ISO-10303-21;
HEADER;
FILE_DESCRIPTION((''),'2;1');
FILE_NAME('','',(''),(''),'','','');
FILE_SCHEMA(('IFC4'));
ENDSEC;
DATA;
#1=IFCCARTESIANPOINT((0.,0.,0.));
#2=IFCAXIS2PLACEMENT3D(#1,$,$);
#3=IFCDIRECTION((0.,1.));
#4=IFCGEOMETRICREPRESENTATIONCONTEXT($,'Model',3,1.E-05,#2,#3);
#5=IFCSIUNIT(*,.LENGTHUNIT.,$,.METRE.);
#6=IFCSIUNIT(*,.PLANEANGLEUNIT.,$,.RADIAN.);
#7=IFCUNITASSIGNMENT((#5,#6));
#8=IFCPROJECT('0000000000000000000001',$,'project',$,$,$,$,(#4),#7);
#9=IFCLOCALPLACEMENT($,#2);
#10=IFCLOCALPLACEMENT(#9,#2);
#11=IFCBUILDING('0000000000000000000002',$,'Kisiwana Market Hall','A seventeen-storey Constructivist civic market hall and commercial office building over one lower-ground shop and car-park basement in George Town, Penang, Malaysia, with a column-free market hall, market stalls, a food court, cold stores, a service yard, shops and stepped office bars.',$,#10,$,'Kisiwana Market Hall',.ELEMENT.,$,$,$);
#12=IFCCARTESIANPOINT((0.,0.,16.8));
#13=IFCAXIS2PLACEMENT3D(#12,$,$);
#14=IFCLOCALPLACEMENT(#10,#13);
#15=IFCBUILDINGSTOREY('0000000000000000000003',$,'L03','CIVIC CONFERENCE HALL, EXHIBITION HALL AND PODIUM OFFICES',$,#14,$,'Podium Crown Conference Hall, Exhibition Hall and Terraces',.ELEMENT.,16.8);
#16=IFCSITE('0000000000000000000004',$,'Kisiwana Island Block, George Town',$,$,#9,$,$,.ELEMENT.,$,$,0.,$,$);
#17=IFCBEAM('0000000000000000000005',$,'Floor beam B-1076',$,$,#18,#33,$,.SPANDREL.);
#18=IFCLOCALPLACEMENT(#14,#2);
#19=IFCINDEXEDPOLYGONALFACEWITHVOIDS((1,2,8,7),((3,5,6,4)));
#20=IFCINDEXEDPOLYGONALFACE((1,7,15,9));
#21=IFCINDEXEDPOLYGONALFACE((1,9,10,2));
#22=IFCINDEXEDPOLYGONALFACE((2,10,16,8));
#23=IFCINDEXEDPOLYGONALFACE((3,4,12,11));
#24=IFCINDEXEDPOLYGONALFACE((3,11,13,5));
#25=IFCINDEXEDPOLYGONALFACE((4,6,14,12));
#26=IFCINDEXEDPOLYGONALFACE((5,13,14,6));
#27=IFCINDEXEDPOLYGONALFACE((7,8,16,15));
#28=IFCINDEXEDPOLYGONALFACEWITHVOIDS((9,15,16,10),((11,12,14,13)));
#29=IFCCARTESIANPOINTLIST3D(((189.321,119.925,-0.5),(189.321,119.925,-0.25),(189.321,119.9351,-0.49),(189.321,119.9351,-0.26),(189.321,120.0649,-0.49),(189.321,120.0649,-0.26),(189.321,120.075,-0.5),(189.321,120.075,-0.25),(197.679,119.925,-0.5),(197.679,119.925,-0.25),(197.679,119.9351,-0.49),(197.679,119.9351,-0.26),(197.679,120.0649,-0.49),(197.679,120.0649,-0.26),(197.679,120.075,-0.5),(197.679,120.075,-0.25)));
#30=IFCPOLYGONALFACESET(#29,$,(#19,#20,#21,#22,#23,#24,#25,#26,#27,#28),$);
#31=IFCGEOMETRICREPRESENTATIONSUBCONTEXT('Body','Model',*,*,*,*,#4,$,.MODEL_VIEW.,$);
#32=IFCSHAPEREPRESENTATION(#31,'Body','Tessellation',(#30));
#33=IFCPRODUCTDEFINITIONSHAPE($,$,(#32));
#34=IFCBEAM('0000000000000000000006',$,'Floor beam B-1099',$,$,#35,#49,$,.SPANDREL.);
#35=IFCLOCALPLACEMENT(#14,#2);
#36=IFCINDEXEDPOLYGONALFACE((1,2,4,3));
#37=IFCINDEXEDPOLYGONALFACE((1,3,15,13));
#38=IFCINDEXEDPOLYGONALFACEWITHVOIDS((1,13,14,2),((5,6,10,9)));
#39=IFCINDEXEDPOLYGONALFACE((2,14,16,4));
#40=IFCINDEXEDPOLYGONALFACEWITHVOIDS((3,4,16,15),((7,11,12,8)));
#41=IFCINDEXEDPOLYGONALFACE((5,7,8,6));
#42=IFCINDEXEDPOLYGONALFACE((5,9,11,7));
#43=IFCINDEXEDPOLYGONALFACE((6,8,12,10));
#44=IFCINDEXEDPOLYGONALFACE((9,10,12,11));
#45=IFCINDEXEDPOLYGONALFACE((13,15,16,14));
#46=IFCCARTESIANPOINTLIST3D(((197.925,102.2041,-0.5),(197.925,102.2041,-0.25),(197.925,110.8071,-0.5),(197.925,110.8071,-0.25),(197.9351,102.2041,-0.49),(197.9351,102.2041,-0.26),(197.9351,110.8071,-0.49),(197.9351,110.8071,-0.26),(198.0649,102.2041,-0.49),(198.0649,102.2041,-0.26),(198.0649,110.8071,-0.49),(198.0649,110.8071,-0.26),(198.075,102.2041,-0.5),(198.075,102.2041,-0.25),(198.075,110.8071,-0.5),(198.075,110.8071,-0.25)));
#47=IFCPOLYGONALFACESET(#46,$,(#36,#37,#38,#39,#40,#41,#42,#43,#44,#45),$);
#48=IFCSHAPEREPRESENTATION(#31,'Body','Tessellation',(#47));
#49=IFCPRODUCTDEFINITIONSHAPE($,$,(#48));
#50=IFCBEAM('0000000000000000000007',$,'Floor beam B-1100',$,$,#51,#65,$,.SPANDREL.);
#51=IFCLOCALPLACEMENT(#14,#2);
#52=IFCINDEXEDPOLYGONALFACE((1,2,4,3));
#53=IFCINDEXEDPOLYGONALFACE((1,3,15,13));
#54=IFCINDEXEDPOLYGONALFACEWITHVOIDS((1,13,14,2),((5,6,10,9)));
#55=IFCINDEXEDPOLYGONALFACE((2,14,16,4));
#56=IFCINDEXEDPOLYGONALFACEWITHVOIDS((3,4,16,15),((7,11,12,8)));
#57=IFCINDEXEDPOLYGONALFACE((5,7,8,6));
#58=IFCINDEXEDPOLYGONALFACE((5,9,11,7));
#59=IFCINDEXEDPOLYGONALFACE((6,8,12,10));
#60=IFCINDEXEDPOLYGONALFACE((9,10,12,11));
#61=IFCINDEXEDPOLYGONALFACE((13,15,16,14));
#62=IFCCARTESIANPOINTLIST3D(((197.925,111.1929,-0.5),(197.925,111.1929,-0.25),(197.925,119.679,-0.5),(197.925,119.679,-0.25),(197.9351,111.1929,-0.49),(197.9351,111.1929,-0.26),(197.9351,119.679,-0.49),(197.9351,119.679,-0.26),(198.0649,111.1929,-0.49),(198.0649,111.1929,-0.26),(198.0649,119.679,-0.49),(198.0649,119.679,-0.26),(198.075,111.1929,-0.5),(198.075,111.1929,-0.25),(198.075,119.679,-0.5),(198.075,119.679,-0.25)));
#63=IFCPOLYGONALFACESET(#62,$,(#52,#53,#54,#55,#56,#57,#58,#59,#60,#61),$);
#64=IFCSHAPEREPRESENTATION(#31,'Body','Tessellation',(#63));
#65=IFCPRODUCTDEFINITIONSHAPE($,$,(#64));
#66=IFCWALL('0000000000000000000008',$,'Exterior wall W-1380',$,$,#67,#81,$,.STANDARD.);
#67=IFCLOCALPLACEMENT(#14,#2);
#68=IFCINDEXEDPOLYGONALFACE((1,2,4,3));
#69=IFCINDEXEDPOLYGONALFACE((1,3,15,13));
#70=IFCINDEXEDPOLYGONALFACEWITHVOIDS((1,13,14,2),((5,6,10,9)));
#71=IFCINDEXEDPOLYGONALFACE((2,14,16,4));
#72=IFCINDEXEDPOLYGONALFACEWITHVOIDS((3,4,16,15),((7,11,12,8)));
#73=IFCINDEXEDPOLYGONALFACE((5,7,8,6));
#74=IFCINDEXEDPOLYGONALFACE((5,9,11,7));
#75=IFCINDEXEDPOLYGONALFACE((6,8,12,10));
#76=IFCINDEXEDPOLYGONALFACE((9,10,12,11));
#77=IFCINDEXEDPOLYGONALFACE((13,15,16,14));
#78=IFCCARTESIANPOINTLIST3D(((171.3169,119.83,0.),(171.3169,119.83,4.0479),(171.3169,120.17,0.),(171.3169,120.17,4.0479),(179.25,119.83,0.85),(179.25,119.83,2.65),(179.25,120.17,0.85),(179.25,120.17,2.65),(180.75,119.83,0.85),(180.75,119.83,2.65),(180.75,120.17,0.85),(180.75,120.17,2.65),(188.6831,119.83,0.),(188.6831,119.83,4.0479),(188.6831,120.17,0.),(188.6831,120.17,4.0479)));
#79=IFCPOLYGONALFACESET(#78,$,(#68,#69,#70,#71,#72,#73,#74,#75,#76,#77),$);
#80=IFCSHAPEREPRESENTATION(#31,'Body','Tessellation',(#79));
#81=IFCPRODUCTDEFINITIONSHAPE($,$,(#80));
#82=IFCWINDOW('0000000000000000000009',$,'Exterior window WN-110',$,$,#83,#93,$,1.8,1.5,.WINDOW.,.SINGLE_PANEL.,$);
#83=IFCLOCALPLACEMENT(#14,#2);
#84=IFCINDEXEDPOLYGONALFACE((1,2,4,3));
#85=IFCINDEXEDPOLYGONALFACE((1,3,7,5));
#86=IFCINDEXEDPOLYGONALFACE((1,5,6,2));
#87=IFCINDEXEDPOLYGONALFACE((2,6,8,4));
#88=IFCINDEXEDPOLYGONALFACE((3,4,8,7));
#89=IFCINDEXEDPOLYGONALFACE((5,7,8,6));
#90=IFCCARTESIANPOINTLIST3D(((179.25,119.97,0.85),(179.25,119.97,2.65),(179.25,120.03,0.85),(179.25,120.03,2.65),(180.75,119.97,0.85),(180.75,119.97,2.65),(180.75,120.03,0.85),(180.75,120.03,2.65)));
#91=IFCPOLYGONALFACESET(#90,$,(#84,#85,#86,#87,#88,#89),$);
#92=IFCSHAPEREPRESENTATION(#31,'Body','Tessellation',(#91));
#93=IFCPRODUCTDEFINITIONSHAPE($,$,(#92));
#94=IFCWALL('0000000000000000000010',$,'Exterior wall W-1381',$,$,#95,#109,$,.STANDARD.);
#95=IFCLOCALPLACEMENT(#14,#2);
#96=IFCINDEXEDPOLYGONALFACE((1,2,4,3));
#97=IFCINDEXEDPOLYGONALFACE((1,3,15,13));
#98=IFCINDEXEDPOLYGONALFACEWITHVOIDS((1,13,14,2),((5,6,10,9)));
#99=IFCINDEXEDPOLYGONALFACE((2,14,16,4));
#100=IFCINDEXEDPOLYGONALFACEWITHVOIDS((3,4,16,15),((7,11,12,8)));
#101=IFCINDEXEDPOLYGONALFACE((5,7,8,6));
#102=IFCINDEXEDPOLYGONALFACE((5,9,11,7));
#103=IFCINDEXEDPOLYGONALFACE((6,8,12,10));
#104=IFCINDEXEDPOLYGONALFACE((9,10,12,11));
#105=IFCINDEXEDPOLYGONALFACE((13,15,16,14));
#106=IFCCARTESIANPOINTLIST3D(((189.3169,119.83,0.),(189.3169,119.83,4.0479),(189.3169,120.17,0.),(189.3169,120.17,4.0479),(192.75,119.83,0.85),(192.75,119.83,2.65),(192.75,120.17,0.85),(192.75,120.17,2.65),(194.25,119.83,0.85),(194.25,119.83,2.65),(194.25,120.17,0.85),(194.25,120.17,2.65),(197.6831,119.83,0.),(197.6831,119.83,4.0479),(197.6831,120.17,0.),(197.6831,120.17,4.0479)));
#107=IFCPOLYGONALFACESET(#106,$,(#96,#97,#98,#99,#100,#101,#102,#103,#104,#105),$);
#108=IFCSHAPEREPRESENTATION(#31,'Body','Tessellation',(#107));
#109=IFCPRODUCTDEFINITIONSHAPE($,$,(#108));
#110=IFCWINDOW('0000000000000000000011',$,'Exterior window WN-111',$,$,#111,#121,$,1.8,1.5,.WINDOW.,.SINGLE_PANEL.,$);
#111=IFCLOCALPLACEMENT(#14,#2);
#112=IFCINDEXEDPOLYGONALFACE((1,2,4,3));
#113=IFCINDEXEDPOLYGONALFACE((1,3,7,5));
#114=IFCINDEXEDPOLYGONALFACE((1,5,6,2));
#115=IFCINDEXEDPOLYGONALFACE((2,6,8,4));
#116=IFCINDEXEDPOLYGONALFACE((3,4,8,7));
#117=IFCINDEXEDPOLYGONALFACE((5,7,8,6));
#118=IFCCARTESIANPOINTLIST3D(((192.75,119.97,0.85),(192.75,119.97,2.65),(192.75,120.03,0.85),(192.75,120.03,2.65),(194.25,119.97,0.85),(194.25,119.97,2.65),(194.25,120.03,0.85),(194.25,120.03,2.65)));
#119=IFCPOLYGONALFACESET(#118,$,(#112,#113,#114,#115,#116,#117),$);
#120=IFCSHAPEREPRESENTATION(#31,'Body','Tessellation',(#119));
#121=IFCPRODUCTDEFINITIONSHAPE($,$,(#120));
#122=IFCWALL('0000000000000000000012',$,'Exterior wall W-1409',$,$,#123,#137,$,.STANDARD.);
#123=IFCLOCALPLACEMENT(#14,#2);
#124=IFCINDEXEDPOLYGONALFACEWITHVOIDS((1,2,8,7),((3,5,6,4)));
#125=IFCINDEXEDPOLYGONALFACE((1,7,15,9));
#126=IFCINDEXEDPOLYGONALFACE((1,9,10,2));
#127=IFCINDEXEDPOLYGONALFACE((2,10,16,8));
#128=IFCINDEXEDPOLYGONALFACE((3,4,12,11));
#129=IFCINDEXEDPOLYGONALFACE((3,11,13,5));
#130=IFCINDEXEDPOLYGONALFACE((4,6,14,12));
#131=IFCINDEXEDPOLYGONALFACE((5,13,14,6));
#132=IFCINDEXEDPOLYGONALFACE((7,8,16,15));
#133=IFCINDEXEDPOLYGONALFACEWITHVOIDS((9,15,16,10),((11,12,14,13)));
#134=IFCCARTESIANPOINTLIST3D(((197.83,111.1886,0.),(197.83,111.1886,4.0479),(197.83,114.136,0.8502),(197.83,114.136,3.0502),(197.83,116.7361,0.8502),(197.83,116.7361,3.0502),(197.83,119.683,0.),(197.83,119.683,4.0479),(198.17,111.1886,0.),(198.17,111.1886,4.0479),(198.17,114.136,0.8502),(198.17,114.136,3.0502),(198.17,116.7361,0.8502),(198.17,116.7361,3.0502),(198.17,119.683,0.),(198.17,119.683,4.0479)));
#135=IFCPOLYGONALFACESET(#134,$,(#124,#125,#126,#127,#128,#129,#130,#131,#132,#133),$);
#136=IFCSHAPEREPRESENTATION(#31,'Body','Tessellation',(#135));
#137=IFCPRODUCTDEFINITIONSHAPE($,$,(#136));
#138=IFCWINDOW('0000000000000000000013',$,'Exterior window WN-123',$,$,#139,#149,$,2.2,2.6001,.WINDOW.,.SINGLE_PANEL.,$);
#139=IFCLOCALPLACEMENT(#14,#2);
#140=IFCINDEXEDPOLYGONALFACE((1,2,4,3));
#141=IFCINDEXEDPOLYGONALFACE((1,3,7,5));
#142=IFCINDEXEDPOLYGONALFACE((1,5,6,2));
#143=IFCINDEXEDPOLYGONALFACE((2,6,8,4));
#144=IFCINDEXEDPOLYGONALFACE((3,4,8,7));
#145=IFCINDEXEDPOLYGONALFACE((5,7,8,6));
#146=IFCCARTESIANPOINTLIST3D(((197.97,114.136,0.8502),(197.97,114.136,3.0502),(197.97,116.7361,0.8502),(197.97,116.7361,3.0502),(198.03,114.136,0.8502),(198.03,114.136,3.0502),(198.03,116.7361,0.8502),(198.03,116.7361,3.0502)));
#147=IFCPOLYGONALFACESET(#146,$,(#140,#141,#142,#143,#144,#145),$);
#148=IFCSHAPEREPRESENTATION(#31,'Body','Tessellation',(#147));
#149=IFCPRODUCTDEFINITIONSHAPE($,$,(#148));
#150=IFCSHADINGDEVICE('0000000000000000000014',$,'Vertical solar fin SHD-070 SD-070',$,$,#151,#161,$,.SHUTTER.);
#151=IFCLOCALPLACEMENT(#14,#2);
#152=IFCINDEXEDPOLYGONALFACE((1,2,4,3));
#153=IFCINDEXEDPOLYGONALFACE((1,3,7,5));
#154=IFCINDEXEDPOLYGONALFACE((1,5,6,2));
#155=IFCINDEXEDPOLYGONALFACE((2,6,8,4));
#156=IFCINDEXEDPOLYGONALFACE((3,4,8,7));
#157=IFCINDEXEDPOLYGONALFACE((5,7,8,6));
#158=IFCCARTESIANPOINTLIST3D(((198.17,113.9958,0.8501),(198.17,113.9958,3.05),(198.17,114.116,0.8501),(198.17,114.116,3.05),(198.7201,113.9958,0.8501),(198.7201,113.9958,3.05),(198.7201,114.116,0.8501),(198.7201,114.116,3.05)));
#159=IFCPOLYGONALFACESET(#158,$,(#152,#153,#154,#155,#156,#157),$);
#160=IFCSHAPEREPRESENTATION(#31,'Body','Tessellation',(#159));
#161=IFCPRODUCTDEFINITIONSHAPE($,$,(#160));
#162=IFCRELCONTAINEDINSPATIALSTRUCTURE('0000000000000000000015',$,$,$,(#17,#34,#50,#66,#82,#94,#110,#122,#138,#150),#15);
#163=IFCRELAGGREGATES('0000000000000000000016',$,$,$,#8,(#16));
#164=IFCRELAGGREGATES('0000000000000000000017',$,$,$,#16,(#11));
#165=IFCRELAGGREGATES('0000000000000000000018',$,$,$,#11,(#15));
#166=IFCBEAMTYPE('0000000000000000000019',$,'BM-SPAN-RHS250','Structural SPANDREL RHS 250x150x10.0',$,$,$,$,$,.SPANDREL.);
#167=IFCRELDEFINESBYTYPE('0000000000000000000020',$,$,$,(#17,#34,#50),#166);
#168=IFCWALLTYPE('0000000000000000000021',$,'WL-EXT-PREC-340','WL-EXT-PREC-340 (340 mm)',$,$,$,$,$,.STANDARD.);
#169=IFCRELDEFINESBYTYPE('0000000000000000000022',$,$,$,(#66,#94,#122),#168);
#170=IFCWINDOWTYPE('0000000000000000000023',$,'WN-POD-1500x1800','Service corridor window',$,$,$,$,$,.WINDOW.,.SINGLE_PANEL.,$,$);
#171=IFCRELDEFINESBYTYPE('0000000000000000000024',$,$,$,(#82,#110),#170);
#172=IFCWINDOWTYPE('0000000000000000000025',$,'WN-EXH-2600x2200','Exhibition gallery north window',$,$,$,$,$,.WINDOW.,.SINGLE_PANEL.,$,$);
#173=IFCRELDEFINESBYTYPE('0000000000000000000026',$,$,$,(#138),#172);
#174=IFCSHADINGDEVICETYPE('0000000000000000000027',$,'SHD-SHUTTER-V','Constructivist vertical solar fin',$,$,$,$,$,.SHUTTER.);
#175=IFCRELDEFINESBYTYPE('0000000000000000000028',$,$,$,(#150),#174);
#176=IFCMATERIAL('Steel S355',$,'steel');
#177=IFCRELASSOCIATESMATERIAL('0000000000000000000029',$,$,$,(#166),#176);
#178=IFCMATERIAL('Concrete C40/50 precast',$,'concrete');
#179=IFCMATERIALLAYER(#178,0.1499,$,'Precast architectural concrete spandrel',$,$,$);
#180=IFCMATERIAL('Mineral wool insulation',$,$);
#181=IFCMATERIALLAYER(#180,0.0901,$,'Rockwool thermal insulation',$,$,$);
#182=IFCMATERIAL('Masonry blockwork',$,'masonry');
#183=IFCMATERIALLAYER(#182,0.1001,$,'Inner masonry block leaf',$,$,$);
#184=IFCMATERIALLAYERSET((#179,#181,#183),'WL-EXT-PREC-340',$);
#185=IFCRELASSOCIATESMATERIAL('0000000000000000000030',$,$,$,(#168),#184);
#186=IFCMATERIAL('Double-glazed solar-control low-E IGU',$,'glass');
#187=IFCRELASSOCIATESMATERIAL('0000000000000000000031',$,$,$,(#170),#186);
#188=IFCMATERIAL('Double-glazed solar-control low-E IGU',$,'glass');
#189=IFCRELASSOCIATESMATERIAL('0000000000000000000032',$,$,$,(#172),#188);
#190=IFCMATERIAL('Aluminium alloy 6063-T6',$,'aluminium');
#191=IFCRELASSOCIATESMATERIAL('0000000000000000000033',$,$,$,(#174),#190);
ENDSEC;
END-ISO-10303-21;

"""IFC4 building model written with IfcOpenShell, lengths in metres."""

from ifc_helpers import new_model, si_unit, direction, frame, frame_2d, origin, origin_2d, place, context, subcontext, project, spatial, rectangle, hollow_rectangle, extrude, material, layer, layer_set, material_profile, profile_set, type_object, element, fill, save


model = new_model("IFC4")

# Units and contexts
model_context = context("Model", 3, precision=1e-05, world=origin(), true_north=direction((0.0, 1.0)))
body_context = subcontext(model_context, "Body", "Model", "MODEL_VIEW")
ifc_project = project(units=[si_unit("LENGTHUNIT", "METRE"), si_unit("PLANEANGLEUNIT", "RADIAN")], contexts=[model_context])

# Site, building, storey
site_placement = place(None, origin())
site = spatial("IfcSite", under=ifc_project, at=site_placement, Name="Kisiwana Island Block, George Town", CompositionType="ELEMENT", RefElevation=0.0)
building_placement = place(site_placement, origin())
building = spatial("IfcBuilding", under=site, at=building_placement, Name="Kisiwana Market Hall", Description="A seventeen-storey Constructivist civic market hall and commercial office building over one lower-ground shop and car-park basement in George Town, Penang, Malaysia, with a column-free market hall, market stalls, a food court, cold stores, a service yard, shops and stepped office bars.", LongName="Kisiwana Market Hall", CompositionType="ELEMENT")
storey_placement = place(building_placement, frame((0.0, 0.0, 16.8)))
storey = spatial("IfcBuildingStorey", under=building, at=storey_placement, Name="L03", Description="CIVIC CONFERENCE HALL, EXHIBITION HALL AND PODIUM OFFICES", LongName="Podium Crown Conference Hall, Exhibition Hall and Terraces", CompositionType="ELEMENT", Elevation=16.8)

# Beams
ifc_material_1 = material(Name="Steel S355", Category="steel")
ifc_material_profile_1 = material_profile(ifc_material_1, hollow_rectangle(XDim=0.1499, YDim=0.25, WallThickness=0.01, at=origin_2d()), Name="RHS 250x150x10.0")
ifc_profile_set_1 = profile_set([ifc_material_profile_1], Name="Steel S355")
beam_type_1 = type_object("IfcBeamType", Name="BM-SPAN-RHS250", Description="Structural SPANDREL RHS 250x150x10.0", PredefinedType="SPANDREL", material=ifc_profile_set_1)
beam_1_placement = place(storey_placement, frame((189.321, 120.0, -0.375), z_axis=(1.0, 0.0, 0.0), x_axis=(0.0, 1.0, 0.0)))
element("IfcBeam", 1, at=beam_1_placement, inside=storey, type_object=beam_type_1, Name="Floor beam B-1076", PredefinedType="SPANDREL", context=body_context, shape_type="SweptSolid", body=[
    extrude(hollow_rectangle(XDim=0.1499, YDim=0.25, WallThickness=0.01, at=origin_2d()), origin(), (0.0, 0.0, 1.0), 8.3579),
])
beam_2_placement = place(storey_placement, frame((198.0, 102.2041, -0.375), z_axis=(0.0, 1.0, 0.0), x_axis=(-1.0, 0.0, 0.0)))
element("IfcBeam", 2, at=beam_2_placement, inside=storey, type_object=beam_type_1, Name="Floor beam B-1099", PredefinedType="SPANDREL", context=body_context, shape_type="SweptSolid", body=[
    extrude(hollow_rectangle(XDim=0.1499, YDim=0.25, WallThickness=0.01, at=origin_2d()), origin(), (0.0, 0.0, 1.0), 8.603),
])
beam_3_placement = place(storey_placement, frame((198.0, 111.1929, -0.375), z_axis=(0.0, 1.0, 0.0), x_axis=(-1.0, 0.0, 0.0)))
element("IfcBeam", 3, at=beam_3_placement, inside=storey, type_object=beam_type_1, Name="Floor beam B-1100", PredefinedType="SPANDREL", context=body_context, shape_type="SweptSolid", body=[
    extrude(hollow_rectangle(XDim=0.1499, YDim=0.25, WallThickness=0.01, at=origin_2d()), origin(), (0.0, 0.0, 1.0), 8.4861),
])

# Walls, openings, windows
ifc_material_2 = material(Name="Concrete C40/50 precast", Category="concrete")
ifc_layer_1 = layer(ifc_material_2, 0.1499, Name="Precast architectural concrete spandrel")
ifc_material_3 = material(Name="Mineral wool insulation")
ifc_layer_2 = layer(ifc_material_3, 0.0901, Name="Rockwool thermal insulation")
ifc_material_4 = material(Name="Masonry blockwork", Category="masonry")
ifc_layer_3 = layer(ifc_material_4, 0.1001, Name="Inner masonry block leaf")
ifc_layer_set = layer_set([ifc_layer_1, ifc_layer_2, ifc_layer_3], Name="WL-EXT-PREC-340")
wall_type = type_object("IfcWallType", Name="WL-EXT-PREC-340", Description="WL-EXT-PREC-340 (340 mm)", PredefinedType="STANDARD", material=ifc_layer_set)
wall_1_placement = place(storey_placement, frame((171.3169, 120.0, 0.0), z_axis=(0.0, 0.0, 1.0), x_axis=(1.0, 0.0, 0.0)))
wall_1 = element("IfcWall", 4, at=wall_1_placement, inside=storey, type_object=wall_type, Name="Exterior wall W-1380", PredefinedType="STANDARD", context=body_context, shape_type="SweptSolid", body=[
    extrude(rectangle(XDim=17.3662, YDim=0.3401, at=frame_2d((8.6831, 0.0))), origin(), (0.0, 0.0, 1.0), 4.0479),
])
opening_1_placement = place(wall_1_placement, frame((7.9331, 0.0, 0.8501)))
opening_1 = element("IfcOpeningElement", 5, at=opening_1_placement, cuts=wall_1, PredefinedType="OPENING", context=body_context, shape_type="SweptSolid", body=[
    extrude(rectangle(XDim=1.5, YDim=1.8, at=frame_2d((0.75, 0.8999))), frame((0.0, 0.1821, 0.0), z_axis=(0.0, -1.0, 0.0), x_axis=(1.0, 0.0, 0.0)), (0.0, 0.0, 1.0), 0.364),
])
ifc_material_5 = material(Name="Double-glazed solar-control low-E IGU", Category="glass")
window_type_1 = type_object("IfcWindowType", Name="WN-POD-1500x1800", Description="Service corridor window", PartitioningType="SINGLE_PANEL", PredefinedType="WINDOW", material=ifc_material_5)
window_1_placement = place(opening_1_placement, origin())
window_1 = element("IfcWindow", 6, at=window_1_placement, inside=storey, type_object=window_type_1, Name="Exterior window WN-110", OverallHeight=1.8, OverallWidth=1.5, PartitioningType="SINGLE_PANEL", PredefinedType="WINDOW", context=body_context, shape_type="SweptSolid", body=[
    extrude(rectangle(XDim=1.5, YDim=1.8, at=frame_2d((0.75, 0.8999))), frame((0.0, 0.03, 0.0), z_axis=(0.0, -1.0, 0.0), x_axis=(1.0, 0.0, 0.0)), (0.0, 0.0, 1.0), 0.0601),
])
fill(opening_1, window_1)
wall_2_placement = place(storey_placement, frame((189.3169, 120.0, 0.0), z_axis=(0.0, 0.0, 1.0), x_axis=(1.0, 0.0, 0.0)))
wall_2 = element("IfcWall", 7, at=wall_2_placement, inside=storey, type_object=wall_type, Name="Exterior wall W-1381", PredefinedType="STANDARD", context=body_context, shape_type="SweptSolid", body=[
    extrude(rectangle(XDim=8.3662, YDim=0.3401, at=frame_2d((4.1831, 0.0))), origin(), (0.0, 0.0, 1.0), 4.0479),
])
opening_2_placement = place(wall_2_placement, frame((3.4331, 0.0, 0.8501)))
opening_2 = element("IfcOpeningElement", 8, at=opening_2_placement, cuts=wall_2, PredefinedType="OPENING", context=body_context, shape_type="SweptSolid", body=[
    extrude(rectangle(XDim=1.5, YDim=1.8, at=frame_2d((0.75, 0.8999))), frame((0.0, 0.1821, 0.0), z_axis=(0.0, -1.0, 0.0), x_axis=(1.0, 0.0, 0.0)), (0.0, 0.0, 1.0), 0.364),
])
window_2_placement = place(opening_2_placement, origin())
window_2 = element("IfcWindow", 9, at=window_2_placement, inside=storey, type_object=window_type_1, Name="Exterior window WN-111", OverallHeight=1.8, OverallWidth=1.5, PartitioningType="SINGLE_PANEL", PredefinedType="WINDOW", context=body_context, shape_type="SweptSolid", body=[
    extrude(rectangle(XDim=1.5, YDim=1.8, at=frame_2d((0.75, 0.8999))), frame((0.0, 0.03, 0.0), z_axis=(0.0, -1.0, 0.0), x_axis=(1.0, 0.0, 0.0)), (0.0, 0.0, 1.0), 0.0601),
])
fill(opening_2, window_2)
wall_3_placement = place(storey_placement, frame((198.0, 111.1887, 0.0), z_axis=(0.0, 0.0, 1.0), x_axis=(0.0, 1.0, 0.0)))
wall_3 = element("IfcWall", 10, at=wall_3_placement, inside=storey, type_object=wall_type, Name="Exterior wall W-1409", PredefinedType="STANDARD", context=body_context, shape_type="SweptSolid", body=[
    extrude(rectangle(XDim=8.4944, YDim=0.3401, at=frame_2d((4.2471, 0.0))), origin(), (0.0, 0.0, 1.0), 4.0479),
])
opening_3_placement = place(wall_3_placement, frame((2.9473, 0.0, 0.8501)))
opening_3 = element("IfcOpeningElement", 11, at=opening_3_placement, cuts=wall_3, PredefinedType="OPENING", context=body_context, shape_type="SweptSolid", body=[
    extrude(rectangle(XDim=2.6001, YDim=2.2, at=frame_2d((1.3, 1.1001))), frame((0.0, 0.1821, 0.0), z_axis=(0.0, -1.0, 0.0), x_axis=(1.0, 0.0, 0.0)), (0.0, 0.0, 1.0), 0.364),
])
ifc_material_6 = material(Name="Double-glazed solar-control low-E IGU", Category="glass")
window_type_2 = type_object("IfcWindowType", Name="WN-EXH-2600x2200", Description="Exhibition gallery north window", PartitioningType="SINGLE_PANEL", PredefinedType="WINDOW", material=ifc_material_6)
window_3_placement = place(opening_3_placement, origin())
window_3 = element("IfcWindow", 12, at=window_3_placement, inside=storey, type_object=window_type_2, Name="Exterior window WN-123", OverallHeight=2.2, OverallWidth=2.6001, PartitioningType="SINGLE_PANEL", PredefinedType="WINDOW", context=body_context, shape_type="SweptSolid", body=[
    extrude(rectangle(XDim=2.6001, YDim=2.2, at=frame_2d((1.3, 1.1001))), frame((0.0, 0.03, 0.0), z_axis=(0.0, -1.0, 0.0), x_axis=(1.0, 0.0, 0.0)), (0.0, 0.0, 1.0), 0.0601),
])
fill(opening_3, window_3)

# Shading device
ifc_material_7 = material(Name="Aluminium alloy 6063-T6", Category="aluminium")
shading_device_type = type_object("IfcShadingDeviceType", Name="SHD-SHUTTER-V", Description="Constructivist vertical solar fin", PredefinedType="SHUTTER", material=ifc_material_7)
shading_device_placement = place(storey_placement, frame((198.4451, 114.0559, 0.8501), z_axis=(0.0, 0.0, 1.0), x_axis=(0.0, 1.0, 0.0)))
element("IfcShadingDevice", 13, at=shading_device_placement, inside=storey, type_object=shading_device_type, Name="Vertical solar fin SHD-070 SD-070", PredefinedType="SHUTTER", context=body_context, shape_type="SweptSolid", body=[
    extrude(rectangle(XDim=0.1201, YDim=0.55, at=origin_2d()), origin(), (0.0, 0.0, 1.0), 2.2),
])

save(model, "model.ifc")
